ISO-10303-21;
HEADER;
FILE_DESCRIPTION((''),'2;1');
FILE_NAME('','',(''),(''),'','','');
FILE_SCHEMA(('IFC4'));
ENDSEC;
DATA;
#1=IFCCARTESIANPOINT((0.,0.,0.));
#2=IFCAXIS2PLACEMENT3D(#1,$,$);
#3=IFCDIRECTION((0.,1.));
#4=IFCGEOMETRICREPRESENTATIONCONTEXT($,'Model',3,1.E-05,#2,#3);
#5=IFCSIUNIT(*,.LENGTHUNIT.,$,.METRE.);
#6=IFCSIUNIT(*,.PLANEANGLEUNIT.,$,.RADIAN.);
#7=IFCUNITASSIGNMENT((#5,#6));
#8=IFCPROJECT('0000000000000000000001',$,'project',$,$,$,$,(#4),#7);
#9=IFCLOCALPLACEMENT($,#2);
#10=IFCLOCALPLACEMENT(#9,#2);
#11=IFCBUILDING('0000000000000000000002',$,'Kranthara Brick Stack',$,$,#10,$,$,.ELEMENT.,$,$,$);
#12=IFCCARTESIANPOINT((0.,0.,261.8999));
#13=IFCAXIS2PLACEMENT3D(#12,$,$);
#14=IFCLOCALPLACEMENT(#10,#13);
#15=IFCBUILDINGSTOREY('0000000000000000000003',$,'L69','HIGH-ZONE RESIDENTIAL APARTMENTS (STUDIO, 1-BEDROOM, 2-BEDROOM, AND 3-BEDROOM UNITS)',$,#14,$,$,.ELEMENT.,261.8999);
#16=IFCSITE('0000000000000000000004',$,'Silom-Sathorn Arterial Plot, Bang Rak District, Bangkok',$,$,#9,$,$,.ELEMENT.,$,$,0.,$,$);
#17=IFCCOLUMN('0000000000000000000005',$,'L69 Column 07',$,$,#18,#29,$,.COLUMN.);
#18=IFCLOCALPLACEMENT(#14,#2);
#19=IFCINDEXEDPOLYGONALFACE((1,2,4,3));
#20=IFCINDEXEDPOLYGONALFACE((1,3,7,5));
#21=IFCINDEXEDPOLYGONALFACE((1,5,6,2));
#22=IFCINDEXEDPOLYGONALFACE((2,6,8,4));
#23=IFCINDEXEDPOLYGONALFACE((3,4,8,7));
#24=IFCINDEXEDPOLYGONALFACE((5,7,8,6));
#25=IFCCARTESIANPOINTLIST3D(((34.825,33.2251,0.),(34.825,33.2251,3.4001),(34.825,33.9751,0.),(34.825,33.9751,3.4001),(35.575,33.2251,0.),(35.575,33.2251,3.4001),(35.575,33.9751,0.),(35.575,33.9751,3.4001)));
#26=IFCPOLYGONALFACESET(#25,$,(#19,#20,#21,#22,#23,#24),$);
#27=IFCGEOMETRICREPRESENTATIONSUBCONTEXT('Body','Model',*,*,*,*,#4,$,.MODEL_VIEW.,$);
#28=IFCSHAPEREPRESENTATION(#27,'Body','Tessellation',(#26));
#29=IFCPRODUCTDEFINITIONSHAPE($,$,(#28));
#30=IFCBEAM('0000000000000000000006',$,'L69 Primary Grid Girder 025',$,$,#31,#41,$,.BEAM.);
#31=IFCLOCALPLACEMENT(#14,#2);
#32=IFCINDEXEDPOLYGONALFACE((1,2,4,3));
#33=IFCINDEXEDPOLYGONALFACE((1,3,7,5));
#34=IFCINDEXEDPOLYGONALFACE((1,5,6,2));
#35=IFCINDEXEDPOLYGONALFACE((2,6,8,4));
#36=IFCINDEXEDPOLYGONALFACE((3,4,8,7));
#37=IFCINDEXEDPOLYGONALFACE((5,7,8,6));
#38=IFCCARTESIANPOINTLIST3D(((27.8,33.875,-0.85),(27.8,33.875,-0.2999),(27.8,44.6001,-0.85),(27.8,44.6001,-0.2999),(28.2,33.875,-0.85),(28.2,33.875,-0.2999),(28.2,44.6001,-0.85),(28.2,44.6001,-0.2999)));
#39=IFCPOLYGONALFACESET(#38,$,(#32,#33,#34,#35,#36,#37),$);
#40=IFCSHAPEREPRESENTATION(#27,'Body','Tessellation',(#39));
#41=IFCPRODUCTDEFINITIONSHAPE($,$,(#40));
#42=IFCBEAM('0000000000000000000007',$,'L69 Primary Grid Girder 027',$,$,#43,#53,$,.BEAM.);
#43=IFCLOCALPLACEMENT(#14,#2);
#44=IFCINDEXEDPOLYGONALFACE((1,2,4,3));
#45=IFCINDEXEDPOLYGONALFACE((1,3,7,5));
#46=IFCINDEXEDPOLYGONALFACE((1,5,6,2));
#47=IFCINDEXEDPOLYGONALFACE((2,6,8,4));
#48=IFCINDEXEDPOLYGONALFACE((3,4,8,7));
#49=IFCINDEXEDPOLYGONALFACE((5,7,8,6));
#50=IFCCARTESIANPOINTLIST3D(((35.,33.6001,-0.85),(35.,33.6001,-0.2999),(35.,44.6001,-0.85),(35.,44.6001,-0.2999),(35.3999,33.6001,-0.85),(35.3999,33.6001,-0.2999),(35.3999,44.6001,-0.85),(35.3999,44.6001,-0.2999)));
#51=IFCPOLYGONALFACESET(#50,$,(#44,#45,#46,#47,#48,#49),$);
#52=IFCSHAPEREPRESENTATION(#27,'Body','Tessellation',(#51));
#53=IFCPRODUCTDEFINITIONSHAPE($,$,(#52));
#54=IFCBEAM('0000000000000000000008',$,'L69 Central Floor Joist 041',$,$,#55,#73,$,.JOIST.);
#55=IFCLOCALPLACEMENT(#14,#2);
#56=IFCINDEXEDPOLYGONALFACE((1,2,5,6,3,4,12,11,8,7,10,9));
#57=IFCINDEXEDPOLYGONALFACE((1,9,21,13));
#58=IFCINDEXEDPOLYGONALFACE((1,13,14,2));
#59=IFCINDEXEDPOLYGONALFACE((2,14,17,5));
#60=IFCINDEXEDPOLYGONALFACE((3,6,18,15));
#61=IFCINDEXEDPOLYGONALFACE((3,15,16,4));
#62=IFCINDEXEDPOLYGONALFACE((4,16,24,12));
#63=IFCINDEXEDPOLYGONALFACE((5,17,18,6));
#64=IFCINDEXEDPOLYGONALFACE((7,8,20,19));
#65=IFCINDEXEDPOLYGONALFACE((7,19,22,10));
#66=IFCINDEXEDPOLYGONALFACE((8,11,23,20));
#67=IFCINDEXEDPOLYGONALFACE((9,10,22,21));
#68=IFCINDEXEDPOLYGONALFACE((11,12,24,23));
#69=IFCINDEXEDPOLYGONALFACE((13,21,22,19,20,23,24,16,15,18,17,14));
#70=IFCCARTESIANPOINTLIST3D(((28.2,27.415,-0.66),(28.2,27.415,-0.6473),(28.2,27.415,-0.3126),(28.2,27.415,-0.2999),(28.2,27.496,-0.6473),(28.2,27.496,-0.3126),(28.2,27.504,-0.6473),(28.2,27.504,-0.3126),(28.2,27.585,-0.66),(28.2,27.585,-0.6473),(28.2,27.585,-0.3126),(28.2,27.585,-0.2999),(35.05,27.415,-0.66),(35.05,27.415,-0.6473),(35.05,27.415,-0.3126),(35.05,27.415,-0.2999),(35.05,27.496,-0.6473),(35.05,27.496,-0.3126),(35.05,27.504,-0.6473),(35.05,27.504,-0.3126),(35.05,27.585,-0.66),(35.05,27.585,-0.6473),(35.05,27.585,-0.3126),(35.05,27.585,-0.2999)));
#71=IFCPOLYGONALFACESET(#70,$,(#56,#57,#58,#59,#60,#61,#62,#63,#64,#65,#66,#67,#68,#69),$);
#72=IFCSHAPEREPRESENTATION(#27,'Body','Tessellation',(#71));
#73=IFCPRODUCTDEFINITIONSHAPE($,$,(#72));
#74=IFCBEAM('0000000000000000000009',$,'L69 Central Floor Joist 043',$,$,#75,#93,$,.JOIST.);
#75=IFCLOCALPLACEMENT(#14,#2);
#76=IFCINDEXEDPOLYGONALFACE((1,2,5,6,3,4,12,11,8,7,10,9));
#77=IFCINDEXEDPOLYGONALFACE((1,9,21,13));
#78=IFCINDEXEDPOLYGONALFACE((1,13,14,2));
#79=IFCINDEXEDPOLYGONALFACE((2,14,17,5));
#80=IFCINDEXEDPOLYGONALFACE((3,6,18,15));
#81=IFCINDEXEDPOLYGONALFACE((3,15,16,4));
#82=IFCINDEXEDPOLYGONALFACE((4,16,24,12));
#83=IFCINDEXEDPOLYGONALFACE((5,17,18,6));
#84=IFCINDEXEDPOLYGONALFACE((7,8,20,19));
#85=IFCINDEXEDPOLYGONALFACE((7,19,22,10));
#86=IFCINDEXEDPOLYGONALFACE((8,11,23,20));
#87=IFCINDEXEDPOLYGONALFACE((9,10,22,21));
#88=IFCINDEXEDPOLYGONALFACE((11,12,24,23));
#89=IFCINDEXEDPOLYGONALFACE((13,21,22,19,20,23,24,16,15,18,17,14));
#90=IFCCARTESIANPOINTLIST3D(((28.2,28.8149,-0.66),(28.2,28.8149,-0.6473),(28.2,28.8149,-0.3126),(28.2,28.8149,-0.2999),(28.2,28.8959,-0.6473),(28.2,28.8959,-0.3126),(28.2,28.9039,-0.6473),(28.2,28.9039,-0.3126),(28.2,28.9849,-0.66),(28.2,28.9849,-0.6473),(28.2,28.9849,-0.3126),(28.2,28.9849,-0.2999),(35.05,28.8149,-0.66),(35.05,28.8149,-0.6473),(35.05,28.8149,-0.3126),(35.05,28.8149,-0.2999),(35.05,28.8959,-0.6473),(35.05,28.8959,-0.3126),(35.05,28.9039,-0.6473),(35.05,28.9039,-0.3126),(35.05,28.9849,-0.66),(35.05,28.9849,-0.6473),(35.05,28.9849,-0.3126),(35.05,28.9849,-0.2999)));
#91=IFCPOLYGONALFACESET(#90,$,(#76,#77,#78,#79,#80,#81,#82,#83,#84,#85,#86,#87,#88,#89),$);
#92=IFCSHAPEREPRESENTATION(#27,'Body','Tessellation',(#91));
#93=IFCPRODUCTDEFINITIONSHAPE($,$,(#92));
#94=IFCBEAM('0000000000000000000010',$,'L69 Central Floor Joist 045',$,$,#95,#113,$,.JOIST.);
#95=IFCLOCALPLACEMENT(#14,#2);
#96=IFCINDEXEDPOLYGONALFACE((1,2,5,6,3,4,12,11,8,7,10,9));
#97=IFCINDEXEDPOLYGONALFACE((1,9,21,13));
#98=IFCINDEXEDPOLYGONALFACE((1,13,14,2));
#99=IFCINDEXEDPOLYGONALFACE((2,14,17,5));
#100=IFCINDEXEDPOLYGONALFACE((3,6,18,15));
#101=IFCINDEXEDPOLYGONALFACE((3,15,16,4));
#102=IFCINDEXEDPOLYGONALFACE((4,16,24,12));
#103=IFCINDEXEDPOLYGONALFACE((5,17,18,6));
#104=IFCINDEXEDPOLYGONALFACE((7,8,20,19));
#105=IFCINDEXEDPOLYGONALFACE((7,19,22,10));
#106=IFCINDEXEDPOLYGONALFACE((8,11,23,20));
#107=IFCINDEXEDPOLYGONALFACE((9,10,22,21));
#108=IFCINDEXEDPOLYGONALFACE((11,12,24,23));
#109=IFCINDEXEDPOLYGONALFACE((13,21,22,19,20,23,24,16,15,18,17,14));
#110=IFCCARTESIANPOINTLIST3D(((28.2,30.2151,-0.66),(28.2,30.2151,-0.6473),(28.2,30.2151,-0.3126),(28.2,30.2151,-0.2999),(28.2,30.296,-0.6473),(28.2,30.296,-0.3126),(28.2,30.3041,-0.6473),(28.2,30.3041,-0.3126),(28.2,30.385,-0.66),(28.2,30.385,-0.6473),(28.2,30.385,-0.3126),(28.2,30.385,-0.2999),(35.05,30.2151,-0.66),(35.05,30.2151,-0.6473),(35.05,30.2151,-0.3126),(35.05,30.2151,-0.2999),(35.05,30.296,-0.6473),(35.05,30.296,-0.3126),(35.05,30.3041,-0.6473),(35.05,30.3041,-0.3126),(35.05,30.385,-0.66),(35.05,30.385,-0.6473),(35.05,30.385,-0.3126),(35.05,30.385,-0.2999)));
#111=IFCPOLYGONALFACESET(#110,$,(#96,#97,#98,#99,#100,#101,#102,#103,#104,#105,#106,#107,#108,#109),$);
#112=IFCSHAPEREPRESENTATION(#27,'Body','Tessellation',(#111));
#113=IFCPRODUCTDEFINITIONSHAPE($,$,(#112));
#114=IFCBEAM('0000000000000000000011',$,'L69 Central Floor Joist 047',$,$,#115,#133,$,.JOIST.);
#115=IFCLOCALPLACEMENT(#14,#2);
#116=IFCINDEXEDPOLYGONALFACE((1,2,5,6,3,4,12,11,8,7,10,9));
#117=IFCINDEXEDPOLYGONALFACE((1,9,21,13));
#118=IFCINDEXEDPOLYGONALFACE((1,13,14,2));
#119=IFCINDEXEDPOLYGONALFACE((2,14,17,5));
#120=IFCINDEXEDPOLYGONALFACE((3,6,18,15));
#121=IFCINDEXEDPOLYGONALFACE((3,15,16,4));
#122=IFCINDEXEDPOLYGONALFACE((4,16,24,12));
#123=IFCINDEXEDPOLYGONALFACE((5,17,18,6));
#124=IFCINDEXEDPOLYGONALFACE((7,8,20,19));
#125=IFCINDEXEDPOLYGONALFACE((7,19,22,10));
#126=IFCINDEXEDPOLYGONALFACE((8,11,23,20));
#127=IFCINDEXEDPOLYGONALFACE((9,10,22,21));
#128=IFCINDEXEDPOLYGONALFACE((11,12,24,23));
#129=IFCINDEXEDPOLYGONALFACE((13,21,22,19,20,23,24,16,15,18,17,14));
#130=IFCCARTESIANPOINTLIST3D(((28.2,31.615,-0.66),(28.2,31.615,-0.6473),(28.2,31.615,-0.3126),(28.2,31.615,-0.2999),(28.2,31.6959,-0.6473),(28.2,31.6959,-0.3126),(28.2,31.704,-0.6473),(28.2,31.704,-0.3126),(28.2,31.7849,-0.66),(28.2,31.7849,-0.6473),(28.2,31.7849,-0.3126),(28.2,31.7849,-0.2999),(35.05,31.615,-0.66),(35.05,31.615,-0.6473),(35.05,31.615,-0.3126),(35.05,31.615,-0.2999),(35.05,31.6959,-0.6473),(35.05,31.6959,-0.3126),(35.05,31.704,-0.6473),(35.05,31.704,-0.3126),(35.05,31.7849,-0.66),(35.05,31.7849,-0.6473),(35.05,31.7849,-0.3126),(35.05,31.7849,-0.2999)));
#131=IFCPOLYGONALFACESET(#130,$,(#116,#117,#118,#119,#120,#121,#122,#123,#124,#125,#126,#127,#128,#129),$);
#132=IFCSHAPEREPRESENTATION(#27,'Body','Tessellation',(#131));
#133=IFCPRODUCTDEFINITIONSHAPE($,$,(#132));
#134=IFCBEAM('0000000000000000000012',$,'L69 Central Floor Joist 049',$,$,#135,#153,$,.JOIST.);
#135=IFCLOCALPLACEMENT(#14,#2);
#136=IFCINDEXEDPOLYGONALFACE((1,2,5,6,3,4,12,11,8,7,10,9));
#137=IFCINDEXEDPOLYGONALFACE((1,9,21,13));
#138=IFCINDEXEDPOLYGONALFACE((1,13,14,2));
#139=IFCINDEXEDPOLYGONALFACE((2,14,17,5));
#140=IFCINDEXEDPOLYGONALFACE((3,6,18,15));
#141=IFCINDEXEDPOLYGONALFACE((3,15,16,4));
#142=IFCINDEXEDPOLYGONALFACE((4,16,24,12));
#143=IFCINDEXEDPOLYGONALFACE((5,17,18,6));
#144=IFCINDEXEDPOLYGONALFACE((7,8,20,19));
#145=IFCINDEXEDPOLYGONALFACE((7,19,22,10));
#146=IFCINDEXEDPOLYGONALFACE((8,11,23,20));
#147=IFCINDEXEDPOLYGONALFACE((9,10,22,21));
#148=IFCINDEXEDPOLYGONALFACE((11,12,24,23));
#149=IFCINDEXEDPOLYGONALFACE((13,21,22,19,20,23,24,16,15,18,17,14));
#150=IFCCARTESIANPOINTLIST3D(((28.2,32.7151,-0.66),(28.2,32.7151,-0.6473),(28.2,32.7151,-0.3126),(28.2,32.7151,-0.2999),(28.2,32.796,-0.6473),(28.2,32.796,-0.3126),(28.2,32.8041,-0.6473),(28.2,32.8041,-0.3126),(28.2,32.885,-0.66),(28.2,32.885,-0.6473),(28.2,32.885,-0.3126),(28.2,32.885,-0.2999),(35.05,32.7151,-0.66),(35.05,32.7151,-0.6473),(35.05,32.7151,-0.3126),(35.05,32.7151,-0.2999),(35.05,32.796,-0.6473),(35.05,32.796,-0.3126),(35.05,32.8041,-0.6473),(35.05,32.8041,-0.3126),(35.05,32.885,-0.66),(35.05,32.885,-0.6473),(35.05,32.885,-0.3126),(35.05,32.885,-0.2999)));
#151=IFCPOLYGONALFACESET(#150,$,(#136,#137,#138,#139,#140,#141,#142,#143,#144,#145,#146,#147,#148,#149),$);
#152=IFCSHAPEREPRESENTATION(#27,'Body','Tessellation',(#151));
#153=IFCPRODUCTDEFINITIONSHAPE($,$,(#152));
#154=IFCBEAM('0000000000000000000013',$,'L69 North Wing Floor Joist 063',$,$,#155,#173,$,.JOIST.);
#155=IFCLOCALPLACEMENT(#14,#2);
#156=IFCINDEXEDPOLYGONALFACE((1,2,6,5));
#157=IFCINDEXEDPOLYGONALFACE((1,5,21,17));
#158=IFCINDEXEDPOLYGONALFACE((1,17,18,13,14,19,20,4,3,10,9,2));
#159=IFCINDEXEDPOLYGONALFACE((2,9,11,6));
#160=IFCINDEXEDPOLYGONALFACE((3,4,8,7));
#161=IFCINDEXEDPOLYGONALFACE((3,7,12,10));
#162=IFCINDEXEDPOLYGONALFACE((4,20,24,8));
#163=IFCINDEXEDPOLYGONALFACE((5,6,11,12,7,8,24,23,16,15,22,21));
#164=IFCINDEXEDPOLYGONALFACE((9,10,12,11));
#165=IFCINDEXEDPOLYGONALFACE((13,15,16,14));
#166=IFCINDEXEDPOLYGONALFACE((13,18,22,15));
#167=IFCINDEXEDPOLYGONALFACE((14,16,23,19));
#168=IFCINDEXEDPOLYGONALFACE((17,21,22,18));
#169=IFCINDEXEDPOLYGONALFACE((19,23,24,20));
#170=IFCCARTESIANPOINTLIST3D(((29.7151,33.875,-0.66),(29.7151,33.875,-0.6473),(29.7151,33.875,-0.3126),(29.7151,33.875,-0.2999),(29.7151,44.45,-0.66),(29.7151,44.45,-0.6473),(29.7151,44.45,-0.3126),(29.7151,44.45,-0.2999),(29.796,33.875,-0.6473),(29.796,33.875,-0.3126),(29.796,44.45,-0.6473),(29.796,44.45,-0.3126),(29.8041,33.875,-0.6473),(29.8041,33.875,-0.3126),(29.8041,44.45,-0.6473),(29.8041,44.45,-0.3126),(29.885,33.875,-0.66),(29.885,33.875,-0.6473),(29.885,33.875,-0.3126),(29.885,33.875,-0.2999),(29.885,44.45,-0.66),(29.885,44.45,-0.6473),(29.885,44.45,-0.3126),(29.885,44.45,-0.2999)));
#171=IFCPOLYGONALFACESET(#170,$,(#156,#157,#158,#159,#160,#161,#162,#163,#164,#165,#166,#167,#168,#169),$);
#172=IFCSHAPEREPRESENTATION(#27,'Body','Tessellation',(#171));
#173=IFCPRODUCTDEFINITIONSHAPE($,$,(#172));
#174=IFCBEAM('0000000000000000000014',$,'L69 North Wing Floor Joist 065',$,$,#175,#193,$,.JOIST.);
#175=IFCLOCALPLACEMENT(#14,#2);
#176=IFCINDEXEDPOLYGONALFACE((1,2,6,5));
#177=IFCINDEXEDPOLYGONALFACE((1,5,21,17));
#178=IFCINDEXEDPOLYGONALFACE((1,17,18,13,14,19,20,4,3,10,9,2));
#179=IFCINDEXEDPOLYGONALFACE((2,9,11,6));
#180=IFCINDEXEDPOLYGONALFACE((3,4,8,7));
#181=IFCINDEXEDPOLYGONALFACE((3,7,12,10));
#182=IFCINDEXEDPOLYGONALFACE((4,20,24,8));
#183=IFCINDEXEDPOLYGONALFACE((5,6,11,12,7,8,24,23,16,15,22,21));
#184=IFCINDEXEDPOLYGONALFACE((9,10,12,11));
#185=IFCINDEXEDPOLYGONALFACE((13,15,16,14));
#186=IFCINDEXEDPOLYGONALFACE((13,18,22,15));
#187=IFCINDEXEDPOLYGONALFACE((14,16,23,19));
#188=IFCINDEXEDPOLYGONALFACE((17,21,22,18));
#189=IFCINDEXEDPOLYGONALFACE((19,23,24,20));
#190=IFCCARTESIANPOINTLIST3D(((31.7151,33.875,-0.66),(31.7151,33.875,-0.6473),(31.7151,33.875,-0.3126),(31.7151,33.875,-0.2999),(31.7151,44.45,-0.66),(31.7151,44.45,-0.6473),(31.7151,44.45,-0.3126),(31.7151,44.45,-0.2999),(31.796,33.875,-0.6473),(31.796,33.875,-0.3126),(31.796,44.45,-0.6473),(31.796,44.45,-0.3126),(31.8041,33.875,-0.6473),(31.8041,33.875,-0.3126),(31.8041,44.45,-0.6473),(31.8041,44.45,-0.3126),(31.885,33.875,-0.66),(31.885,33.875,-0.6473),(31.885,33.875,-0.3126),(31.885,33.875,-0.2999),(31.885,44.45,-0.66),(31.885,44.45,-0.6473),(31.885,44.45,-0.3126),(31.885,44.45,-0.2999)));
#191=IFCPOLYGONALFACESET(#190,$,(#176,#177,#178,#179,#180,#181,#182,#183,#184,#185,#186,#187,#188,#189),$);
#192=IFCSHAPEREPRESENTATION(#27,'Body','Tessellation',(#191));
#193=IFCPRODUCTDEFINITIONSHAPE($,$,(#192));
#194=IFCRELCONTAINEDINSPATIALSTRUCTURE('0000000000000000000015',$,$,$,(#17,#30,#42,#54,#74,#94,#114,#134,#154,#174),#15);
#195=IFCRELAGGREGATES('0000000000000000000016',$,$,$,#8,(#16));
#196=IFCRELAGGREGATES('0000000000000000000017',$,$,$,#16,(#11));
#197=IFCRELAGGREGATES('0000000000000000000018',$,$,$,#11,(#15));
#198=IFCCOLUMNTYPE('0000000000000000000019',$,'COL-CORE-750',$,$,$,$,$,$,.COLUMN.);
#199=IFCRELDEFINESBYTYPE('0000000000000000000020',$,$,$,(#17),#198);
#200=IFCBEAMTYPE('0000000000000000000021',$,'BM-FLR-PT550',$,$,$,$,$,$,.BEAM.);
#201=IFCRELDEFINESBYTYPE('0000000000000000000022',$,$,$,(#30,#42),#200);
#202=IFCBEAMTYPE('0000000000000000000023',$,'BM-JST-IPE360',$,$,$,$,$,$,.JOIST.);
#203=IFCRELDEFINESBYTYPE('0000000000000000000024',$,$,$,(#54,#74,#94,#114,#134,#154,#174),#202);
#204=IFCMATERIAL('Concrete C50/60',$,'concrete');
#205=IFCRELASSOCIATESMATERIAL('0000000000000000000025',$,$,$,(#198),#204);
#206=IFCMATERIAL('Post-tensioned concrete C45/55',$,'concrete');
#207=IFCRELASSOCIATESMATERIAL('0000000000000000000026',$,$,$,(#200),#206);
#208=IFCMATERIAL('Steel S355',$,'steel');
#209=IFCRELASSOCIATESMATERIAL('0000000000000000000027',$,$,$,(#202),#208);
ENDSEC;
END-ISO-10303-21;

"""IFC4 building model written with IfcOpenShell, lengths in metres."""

from ifc_helpers import new_model, si_unit, direction, frame, origin, origin_2d, place, context, subcontext, project, spatial, rectangle, i_section, extrude, material, material_profile, profile_set, type_object, element, save


model = new_model("IFC4")

# Units and contexts
model_context = context("Model", 3, precision=1e-05, world=origin(), true_north=direction((0.0, 1.0)))
body_context = subcontext(model_context, "Body", "Model", "MODEL_VIEW")
ifc_project = project(units=[si_unit("LENGTHUNIT", "METRE"), si_unit("PLANEANGLEUNIT", "RADIAN")], contexts=[model_context])

# Site, building, storey
site_placement = place(None, origin())
site = spatial("IfcSite", under=ifc_project, at=site_placement, Name="Silom-Sathorn Arterial Plot, Bang Rak District, Bangkok", CompositionType="ELEMENT", RefElevation=0.0)
building_placement = place(site_placement, origin())
building = spatial("IfcBuilding", under=site, at=building_placement, Name="Kranthara Brick Stack", CompositionType="ELEMENT")
storey_placement = place(building_placement, frame((0.0, 0.0, 261.8999)))
storey = spatial("IfcBuildingStorey", under=building, at=storey_placement, Name="L69", Description="HIGH-ZONE RESIDENTIAL APARTMENTS (STUDIO, 1-BEDROOM, 2-BEDROOM, AND 3-BEDROOM UNITS)", CompositionType="ELEMENT", Elevation=261.8999)

# Column
ifc_material_1 = material(Name="Concrete C50/60", Category="concrete")
ifc_material_profile_1 = material_profile(ifc_material_1, rectangle(XDim=0.75, YDim=0.75, at=origin_2d()), Name="RC 750x750")
ifc_profile_set_1 = profile_set([ifc_material_profile_1], Name="Concrete C50/60")
column_type = type_object("IfcColumnType", Name="COL-CORE-750", PredefinedType="COLUMN", material=ifc_profile_set_1)
column_placement = place(storey_placement, frame((35.2, 33.6001, 0.0), z_axis=(0.0, 0.0, 1.0), x_axis=(1.0, 0.0, 0.0)))
element("IfcColumn", 1, at=column_placement, inside=storey, type_object=column_type, Name="L69 Column 07", PredefinedType="COLUMN", context=body_context, shape_type="SweptSolid", body=[
    extrude(rectangle(XDim=0.75, YDim=0.75, at=origin_2d()), origin(), (0.0, 0.0, 1.0), 3.4001),
])

# Beams
ifc_material_2 = material(Name="Post-tensioned concrete C45/55", Category="concrete")
ifc_material_profile_2 = material_profile(ifc_material_2, rectangle(XDim=0.3999, YDim=0.55, at=origin_2d()), Name="PT 400x550")
ifc_profile_set_2 = profile_set([ifc_material_profile_2], Name="Post-tensioned concrete C45/55")
beam_type_1 = type_object("IfcBeamType", Name="BM-FLR-PT550", PredefinedType="BEAM", material=ifc_profile_set_2)
beam_1_placement = place(storey_placement, frame((28.0, 33.875, -0.575), z_axis=(0.0, 1.0, 0.0), x_axis=(-1.0, 0.0, 0.0)))
element("IfcBeam", 2, at=beam_1_placement, inside=storey, type_object=beam_type_1, Name="L69 Primary Grid Girder 025", PredefinedType="BEAM", context=body_context, shape_type="SweptSolid", body=[
    extrude(rectangle(XDim=0.3999, YDim=0.55, at=origin_2d()), origin(), (0.0, 0.0, 1.0), 10.7251),
])
beam_2_placement = place(storey_placement, frame((35.2, 33.6001, -0.575), z_axis=(0.0, 1.0, 0.0), x_axis=(-1.0, 0.0, 0.0)))
element("IfcBeam", 3, at=beam_2_placement, inside=storey, type_object=beam_type_1, Name="L69 Primary Grid Girder 027", PredefinedType="BEAM", context=body_context, shape_type="SweptSolid", body=[
    extrude(rectangle(XDim=0.3999, YDim=0.55, at=origin_2d()), origin(), (0.0, 0.0, 1.0), 11.0),
])
ifc_material_3 = material(Name="Steel S355", Category="steel")
ifc_material_profile_3 = material_profile(ifc_material_3, i_section(OverallWidth=0.1699, OverallDepth=0.3601, WebThickness=0.0081, FlangeThickness=0.0127, at=origin_2d()), Name="IPE 360")
ifc_profile_set_3 = profile_set([ifc_material_profile_3], Name="Steel S355")
beam_type_2 = type_object("IfcBeamType", Name="BM-JST-IPE360", PredefinedType="JOIST", material=ifc_profile_set_3)
for number, where, z_axis, x_axis, name in (
    (4, (28.2, 27.5, -0.48), (1.0, 0.0, 0.0), (0.0, 1.0, 0.0), "L69 Central Floor Joist 041"),
    (5, (28.2, 28.8999, -0.48), (1.0, 0.0, 0.0), (0.0, 1.0, 0.0), "L69 Central Floor Joist 043"),
    (6, (28.2, 30.3, -0.48), (1.0, 0.0, 0.0), (0.0, 1.0, 0.0), "L69 Central Floor Joist 045"),
    (7, (28.2, 31.7, -0.48), (1.0, 0.0, 0.0), (0.0, 1.0, 0.0), "L69 Central Floor Joist 047"),
    (8, (28.2, 32.8, -0.48), (1.0, 0.0, 0.0), (0.0, 1.0, 0.0), "L69 Central Floor Joist 049"),
):
    element("IfcBeam", number, at=place(storey_placement, frame(where, z_axis=z_axis, x_axis=x_axis)), inside=storey, type_object=beam_type_2, Name=name, PredefinedType="JOIST", context=body_context, shape_type="SweptSolid", body=[
        extrude(i_section(OverallWidth=0.1699, OverallDepth=0.3601, WebThickness=0.0081, FlangeThickness=0.0127, at=origin_2d()), origin(), (0.0, 0.0, 1.0), 6.8501),
    ])
for number, where, z_axis, x_axis, name in (
    (9, (29.8, 33.875, -0.48), (0.0, 1.0, 0.0), (-1.0, 0.0, 0.0), "L69 North Wing Floor Joist 063"),
    (10, (31.8, 33.875, -0.48), (0.0, 1.0, 0.0), (-1.0, 0.0, 0.0), "L69 North Wing Floor Joist 065"),
):
    element("IfcBeam", number, at=place(storey_placement, frame(where, z_axis=z_axis, x_axis=x_axis)), inside=storey, type_object=beam_type_2, Name=name, PredefinedType="JOIST", context=body_context, shape_type="SweptSolid", body=[
        extrude(i_section(OverallWidth=0.1699, OverallDepth=0.3601, WebThickness=0.0081, FlangeThickness=0.0127, at=origin_2d()), origin(), (0.0, 0.0, 1.0), 10.575),
    ])

save(model, "model.ifc")
